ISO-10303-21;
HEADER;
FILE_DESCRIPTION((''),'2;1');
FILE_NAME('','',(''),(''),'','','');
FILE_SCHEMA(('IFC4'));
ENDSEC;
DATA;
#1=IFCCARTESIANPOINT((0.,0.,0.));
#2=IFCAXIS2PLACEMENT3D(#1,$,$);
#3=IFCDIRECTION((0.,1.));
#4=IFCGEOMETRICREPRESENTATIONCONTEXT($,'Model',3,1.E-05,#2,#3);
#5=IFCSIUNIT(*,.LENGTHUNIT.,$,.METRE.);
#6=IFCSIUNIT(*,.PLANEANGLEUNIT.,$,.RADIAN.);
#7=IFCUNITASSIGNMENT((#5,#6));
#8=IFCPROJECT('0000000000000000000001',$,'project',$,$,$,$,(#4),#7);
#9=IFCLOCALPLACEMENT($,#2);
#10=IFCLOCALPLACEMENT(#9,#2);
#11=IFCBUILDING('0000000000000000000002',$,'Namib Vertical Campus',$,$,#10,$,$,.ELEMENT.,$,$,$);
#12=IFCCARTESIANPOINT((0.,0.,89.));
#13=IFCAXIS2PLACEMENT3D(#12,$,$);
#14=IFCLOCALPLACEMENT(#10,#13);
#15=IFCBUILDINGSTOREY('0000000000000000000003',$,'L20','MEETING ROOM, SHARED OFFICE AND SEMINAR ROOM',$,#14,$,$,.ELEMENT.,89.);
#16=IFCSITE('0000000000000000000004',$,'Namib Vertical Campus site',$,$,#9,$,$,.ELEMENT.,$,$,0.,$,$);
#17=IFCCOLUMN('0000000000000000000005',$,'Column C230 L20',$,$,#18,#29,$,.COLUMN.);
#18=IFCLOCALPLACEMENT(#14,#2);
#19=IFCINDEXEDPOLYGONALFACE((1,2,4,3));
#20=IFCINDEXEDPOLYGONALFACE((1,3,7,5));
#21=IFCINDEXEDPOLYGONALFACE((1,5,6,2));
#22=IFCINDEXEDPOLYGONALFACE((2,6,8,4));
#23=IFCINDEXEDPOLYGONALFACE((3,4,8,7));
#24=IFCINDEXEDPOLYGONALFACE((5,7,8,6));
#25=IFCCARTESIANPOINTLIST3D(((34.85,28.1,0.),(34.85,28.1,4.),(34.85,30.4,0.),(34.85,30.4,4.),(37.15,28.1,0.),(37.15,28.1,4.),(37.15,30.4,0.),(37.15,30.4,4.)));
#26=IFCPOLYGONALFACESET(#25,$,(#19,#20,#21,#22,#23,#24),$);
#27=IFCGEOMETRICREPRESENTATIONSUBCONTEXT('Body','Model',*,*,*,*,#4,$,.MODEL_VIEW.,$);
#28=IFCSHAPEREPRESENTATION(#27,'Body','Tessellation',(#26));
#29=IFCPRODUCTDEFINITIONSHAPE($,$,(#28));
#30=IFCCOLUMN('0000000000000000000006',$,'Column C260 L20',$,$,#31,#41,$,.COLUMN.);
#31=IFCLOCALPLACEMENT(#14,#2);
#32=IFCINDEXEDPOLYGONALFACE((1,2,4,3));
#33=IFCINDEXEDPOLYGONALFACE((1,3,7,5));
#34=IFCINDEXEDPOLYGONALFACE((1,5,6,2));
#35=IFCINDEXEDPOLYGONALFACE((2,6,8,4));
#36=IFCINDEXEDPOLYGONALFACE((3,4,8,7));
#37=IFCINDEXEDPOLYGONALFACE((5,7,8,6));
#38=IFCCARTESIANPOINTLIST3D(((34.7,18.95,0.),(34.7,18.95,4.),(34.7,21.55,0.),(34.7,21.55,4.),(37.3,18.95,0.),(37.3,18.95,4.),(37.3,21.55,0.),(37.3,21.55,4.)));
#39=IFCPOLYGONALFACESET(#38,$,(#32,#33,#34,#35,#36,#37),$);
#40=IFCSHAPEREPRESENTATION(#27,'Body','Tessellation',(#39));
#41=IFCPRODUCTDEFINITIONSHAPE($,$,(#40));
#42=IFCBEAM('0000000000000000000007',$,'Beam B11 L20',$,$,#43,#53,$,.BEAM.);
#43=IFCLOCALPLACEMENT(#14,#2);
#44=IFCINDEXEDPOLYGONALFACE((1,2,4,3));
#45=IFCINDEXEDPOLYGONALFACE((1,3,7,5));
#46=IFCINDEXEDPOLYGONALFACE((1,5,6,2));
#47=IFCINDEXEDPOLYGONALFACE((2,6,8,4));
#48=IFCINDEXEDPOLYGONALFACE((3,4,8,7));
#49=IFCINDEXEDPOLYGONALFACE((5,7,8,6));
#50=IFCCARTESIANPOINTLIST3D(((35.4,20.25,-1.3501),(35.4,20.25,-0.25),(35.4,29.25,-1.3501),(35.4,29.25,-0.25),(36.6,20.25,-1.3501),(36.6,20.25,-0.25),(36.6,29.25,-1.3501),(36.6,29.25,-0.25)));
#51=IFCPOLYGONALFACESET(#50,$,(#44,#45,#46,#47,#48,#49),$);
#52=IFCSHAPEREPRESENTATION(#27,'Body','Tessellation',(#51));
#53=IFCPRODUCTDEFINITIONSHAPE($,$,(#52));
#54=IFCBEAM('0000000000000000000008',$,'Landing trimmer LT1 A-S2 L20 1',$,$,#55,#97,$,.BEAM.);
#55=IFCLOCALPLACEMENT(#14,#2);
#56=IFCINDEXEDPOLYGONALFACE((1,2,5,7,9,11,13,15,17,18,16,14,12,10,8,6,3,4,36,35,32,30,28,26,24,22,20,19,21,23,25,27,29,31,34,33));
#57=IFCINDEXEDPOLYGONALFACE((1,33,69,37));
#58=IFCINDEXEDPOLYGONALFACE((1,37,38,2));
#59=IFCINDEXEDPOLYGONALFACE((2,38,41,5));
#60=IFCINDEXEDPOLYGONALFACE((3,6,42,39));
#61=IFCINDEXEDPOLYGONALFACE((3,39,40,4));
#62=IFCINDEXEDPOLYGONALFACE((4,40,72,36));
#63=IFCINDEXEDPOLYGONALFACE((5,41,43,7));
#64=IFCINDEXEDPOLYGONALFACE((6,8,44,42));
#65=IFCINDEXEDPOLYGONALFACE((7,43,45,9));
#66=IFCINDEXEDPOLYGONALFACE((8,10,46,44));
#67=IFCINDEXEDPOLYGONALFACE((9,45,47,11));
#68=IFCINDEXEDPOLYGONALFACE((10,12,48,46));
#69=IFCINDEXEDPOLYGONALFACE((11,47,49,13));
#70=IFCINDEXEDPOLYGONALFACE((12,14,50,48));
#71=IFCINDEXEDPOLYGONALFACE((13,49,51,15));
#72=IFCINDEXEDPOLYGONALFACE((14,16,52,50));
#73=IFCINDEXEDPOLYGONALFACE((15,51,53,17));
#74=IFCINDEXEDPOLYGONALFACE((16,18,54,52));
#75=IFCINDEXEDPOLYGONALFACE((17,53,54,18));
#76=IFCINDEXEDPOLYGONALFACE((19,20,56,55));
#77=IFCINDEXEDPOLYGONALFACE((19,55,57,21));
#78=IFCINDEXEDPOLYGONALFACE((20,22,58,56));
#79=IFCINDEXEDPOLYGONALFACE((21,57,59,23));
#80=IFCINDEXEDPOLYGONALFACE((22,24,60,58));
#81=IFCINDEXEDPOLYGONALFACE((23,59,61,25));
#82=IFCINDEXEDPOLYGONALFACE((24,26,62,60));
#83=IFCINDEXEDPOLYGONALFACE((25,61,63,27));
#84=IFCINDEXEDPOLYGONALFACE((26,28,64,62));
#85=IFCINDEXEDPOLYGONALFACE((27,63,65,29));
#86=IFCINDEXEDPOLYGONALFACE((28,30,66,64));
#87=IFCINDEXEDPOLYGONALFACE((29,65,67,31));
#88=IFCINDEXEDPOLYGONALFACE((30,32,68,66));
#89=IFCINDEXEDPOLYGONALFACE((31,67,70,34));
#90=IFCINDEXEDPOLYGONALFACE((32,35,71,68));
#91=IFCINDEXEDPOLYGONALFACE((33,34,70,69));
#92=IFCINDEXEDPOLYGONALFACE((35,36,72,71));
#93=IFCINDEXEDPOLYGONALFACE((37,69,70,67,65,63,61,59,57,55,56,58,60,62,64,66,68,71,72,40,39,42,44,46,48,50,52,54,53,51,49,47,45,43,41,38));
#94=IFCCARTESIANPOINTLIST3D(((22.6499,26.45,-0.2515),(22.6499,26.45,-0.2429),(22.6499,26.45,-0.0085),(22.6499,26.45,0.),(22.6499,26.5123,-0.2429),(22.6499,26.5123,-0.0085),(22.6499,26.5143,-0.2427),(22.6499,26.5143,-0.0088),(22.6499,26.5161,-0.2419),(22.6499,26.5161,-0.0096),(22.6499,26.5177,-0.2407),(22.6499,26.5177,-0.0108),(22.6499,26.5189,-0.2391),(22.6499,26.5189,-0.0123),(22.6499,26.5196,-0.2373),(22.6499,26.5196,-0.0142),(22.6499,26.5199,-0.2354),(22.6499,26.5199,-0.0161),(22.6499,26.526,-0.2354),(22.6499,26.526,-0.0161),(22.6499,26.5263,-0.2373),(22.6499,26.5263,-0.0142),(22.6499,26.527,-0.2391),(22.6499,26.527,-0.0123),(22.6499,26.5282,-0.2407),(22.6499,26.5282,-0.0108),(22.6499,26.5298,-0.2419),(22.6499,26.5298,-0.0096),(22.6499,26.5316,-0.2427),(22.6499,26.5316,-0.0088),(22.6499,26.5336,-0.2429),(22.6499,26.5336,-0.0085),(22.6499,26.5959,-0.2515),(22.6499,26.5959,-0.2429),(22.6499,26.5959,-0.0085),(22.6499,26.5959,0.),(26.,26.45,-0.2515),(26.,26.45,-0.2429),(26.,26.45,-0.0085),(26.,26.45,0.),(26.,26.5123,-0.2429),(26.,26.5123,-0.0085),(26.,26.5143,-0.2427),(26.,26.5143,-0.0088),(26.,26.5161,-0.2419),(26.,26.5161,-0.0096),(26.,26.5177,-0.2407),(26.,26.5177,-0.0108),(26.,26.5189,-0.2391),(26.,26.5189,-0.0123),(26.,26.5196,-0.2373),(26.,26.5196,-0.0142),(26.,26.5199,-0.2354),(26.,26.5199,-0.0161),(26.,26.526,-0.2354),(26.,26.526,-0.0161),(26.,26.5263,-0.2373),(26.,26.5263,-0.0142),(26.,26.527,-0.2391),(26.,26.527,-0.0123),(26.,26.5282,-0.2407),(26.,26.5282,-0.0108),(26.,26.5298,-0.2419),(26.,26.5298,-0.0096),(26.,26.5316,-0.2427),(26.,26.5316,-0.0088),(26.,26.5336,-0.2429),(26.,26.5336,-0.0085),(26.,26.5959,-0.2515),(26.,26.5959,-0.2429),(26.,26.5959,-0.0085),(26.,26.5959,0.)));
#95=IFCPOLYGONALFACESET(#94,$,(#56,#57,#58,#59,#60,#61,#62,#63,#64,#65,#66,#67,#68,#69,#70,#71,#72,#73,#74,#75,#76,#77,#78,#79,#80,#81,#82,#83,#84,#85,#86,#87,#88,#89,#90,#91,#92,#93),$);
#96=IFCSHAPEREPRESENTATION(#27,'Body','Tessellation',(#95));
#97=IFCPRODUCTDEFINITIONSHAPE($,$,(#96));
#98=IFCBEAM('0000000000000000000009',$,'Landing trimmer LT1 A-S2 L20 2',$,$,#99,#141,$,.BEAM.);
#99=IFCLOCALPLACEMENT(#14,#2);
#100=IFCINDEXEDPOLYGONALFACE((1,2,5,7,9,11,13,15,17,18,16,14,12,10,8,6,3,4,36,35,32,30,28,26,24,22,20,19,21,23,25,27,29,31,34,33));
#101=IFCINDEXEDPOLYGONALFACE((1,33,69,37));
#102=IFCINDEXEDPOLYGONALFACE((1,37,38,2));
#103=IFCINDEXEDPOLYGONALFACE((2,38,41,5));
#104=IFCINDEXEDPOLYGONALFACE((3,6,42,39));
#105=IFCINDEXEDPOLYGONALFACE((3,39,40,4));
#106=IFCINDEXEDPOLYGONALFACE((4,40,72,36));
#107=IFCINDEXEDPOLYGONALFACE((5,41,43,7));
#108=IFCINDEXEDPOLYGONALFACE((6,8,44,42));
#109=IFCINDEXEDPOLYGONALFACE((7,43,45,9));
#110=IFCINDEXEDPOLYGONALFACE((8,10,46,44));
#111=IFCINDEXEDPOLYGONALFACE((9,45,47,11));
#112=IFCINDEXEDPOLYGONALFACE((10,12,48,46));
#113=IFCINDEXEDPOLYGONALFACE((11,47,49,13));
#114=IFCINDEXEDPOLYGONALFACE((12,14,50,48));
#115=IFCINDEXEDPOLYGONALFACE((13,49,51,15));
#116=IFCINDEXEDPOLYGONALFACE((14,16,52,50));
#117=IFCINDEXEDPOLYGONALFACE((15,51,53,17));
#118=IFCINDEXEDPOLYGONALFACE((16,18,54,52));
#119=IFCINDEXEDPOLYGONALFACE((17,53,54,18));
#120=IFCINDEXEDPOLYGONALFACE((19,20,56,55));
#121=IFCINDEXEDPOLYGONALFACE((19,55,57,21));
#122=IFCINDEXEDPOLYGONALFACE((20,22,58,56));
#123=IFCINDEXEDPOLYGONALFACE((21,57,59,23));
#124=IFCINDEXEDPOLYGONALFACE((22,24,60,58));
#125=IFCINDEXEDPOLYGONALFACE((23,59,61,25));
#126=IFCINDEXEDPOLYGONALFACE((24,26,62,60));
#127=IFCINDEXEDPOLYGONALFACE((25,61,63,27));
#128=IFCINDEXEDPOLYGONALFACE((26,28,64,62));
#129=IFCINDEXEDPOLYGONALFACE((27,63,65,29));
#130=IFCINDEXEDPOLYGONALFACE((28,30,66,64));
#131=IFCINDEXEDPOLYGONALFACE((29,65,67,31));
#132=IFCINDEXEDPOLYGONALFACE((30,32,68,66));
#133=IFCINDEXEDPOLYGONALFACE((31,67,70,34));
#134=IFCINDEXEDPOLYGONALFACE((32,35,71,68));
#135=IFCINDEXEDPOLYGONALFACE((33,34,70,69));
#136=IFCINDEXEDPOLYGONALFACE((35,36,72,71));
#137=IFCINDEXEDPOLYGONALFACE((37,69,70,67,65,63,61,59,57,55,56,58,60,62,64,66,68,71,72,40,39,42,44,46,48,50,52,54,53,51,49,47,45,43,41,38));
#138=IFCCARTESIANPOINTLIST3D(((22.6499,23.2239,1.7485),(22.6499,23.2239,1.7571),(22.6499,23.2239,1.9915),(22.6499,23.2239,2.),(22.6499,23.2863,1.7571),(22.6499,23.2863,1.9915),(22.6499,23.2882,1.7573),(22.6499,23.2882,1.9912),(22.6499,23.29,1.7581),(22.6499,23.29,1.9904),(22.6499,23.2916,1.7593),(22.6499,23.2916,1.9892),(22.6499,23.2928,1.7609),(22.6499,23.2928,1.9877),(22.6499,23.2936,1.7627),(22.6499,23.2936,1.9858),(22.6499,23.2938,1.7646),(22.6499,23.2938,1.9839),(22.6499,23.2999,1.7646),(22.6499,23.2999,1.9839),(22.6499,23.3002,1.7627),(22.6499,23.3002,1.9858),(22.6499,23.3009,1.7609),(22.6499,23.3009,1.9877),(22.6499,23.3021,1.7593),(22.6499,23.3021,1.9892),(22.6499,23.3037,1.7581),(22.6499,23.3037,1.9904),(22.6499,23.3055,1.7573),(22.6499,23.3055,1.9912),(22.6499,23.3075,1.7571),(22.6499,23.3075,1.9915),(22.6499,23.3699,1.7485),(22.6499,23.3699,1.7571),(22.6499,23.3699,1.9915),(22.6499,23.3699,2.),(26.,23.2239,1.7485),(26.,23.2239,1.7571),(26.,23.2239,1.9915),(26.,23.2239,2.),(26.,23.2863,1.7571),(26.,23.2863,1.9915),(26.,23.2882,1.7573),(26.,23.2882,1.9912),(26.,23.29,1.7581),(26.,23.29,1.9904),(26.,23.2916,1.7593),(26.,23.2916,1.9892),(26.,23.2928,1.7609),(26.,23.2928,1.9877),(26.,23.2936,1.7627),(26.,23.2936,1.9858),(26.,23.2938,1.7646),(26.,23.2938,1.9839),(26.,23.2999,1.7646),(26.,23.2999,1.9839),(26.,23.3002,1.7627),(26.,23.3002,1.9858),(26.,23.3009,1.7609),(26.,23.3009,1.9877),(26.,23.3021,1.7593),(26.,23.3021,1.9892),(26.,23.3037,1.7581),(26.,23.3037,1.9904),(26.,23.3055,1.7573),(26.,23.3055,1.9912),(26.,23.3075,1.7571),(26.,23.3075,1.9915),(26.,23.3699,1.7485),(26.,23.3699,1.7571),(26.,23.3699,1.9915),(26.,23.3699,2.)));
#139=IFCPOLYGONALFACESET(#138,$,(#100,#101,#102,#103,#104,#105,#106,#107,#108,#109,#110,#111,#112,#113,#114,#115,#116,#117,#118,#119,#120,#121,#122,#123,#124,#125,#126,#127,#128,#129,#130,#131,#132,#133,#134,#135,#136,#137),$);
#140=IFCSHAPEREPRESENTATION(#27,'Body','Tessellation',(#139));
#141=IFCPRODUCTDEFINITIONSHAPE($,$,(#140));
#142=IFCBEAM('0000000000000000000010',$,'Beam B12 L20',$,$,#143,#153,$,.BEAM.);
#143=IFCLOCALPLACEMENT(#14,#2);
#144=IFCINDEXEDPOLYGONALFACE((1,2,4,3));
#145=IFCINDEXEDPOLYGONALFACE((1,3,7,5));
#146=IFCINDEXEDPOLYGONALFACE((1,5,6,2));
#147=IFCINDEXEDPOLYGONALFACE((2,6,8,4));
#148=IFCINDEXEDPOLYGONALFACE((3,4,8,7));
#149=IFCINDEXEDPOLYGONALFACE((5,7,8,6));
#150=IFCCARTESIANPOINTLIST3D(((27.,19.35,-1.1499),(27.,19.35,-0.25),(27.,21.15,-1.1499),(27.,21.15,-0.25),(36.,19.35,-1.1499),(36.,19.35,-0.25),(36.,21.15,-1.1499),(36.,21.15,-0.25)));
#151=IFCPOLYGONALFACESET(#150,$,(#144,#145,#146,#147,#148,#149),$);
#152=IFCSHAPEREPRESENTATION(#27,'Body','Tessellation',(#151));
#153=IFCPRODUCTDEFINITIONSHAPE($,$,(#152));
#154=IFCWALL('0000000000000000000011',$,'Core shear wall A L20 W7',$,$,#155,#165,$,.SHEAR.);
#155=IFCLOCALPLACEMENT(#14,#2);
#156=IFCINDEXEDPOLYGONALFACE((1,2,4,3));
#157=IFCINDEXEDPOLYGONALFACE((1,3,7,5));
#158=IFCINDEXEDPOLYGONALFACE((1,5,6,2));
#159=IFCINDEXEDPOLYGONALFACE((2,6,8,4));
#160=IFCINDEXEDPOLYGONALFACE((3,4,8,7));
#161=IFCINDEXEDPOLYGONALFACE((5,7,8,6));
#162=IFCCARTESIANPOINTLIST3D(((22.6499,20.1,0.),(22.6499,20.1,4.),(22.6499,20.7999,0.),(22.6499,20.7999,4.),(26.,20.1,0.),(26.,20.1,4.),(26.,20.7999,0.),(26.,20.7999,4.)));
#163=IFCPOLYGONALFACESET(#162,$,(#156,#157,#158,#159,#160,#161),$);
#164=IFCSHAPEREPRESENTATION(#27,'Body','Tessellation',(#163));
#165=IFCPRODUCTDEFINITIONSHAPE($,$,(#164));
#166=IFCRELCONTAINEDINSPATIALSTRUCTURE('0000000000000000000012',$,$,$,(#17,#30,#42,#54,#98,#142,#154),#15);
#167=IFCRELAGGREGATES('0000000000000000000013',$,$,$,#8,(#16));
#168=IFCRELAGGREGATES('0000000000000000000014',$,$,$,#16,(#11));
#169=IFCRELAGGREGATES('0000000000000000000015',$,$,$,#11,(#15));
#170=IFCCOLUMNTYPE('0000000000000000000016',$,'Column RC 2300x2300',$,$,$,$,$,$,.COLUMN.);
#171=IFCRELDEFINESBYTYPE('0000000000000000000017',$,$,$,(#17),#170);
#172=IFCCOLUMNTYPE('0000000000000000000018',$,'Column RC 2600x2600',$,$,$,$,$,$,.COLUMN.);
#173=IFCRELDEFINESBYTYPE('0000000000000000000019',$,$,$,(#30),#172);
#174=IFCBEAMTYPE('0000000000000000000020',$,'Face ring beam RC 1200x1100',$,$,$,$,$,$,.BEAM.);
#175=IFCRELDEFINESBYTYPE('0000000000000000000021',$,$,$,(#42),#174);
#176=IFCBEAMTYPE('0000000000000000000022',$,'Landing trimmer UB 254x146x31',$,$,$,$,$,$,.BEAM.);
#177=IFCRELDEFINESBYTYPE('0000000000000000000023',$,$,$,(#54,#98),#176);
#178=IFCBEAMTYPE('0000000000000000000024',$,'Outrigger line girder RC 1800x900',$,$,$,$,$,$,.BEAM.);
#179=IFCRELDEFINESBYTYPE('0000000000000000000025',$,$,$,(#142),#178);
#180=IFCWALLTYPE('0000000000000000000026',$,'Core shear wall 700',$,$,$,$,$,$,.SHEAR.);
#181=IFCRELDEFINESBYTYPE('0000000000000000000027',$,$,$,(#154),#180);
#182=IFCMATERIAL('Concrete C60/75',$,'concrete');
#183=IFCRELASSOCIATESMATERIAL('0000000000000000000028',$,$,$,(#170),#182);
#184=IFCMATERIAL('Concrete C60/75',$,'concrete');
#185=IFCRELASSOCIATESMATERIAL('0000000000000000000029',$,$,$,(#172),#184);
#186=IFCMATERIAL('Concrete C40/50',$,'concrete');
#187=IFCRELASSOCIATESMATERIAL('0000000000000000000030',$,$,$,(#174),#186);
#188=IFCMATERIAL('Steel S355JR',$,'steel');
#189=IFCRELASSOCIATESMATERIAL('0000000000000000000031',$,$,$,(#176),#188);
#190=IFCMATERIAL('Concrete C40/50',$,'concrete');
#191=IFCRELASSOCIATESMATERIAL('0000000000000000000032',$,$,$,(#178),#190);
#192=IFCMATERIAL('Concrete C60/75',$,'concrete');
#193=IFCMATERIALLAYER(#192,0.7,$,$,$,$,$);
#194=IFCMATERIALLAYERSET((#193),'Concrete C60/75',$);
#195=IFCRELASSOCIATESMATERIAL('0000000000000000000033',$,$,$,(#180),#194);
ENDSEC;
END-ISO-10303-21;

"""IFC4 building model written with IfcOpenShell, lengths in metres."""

from ifc_helpers import new_model, si_unit, direction, frame, frame_2d, origin, origin_2d, place, context, subcontext, project, spatial, rectangle, i_section, extrude, material, layer, layer_set, material_profile, profile_set, type_object, element, save


model = new_model("IFC4")

# Units and contexts
model_context = context("Model", 3, precision=1e-05, world=origin(), true_north=direction((0.0, 1.0)))
body_context = subcontext(model_context, "Body", "Model", "MODEL_VIEW")
ifc_project = project(units=[si_unit("LENGTHUNIT", "METRE"), si_unit("PLANEANGLEUNIT", "RADIAN")], contexts=[model_context])

# Site, building, storey
site_placement = place(None, origin())
site = spatial("IfcSite", under=ifc_project, at=site_placement, Name="Namib Vertical Campus site", CompositionType="ELEMENT", RefElevation=0.0)
building_placement = place(site_placement, origin())
building = spatial("IfcBuilding", under=site, at=building_placement, Name="Namib Vertical Campus", CompositionType="ELEMENT")
storey_placement = place(building_placement, frame((0.0, 0.0, 89.0)))
storey = spatial("IfcBuildingStorey", under=building, at=storey_placement, Name="L20", Description="MEETING ROOM, SHARED OFFICE AND SEMINAR ROOM", CompositionType="ELEMENT", Elevation=89.0)

# Columns
ifc_material_1 = material(Name="Concrete C60/75", Category="concrete")
ifc_material_profile_1 = material_profile(ifc_material_1, rectangle(XDim=2.3, YDim=2.3, at=origin_2d()))
ifc_profile_set_1 = profile_set([ifc_material_profile_1], Name="Concrete C60/75")
column_type_1 = type_object("IfcColumnType", Name="Column RC 2300x2300", PredefinedType="COLUMN", material=ifc_profile_set_1)
column_1_placement = place(storey_placement, frame((36.0, 29.25, 0.0), z_axis=(0.0, 0.0, 1.0), x_axis=(1.0, 0.0, 0.0)))
element("IfcColumn", 1, at=column_1_placement, inside=storey, type_object=column_type_1, Name="Column C230 L20", PredefinedType="COLUMN", context=body_context, shape_type="SweptSolid", body=[
    extrude(rectangle(XDim=2.3, YDim=2.3, at=origin_2d()), origin(), (0.0, 0.0, 1.0), 4.0),
])
ifc_material_2 = material(Name="Concrete C60/75", Category="concrete")
ifc_material_profile_2 = material_profile(ifc_material_2, rectangle(XDim=2.6001, YDim=2.6001, at=origin_2d()))
ifc_profile_set_2 = profile_set([ifc_material_profile_2], Name="Concrete C60/75")
column_type_2 = type_object("IfcColumnType", Name="Column RC 2600x2600", PredefinedType="COLUMN", material=ifc_profile_set_2)
column_2_placement = place(storey_placement, frame((36.0, 20.25, 0.0), z_axis=(0.0, 0.0, 1.0), x_axis=(1.0, 0.0, 0.0)))
element("IfcColumn", 2, at=column_2_placement, inside=storey, type_object=column_type_2, Name="Column C260 L20", PredefinedType="COLUMN", context=body_context, shape_type="SweptSolid", body=[
    extrude(rectangle(XDim=2.6001, YDim=2.6001, at=origin_2d()), origin(), (0.0, 0.0, 1.0), 4.0),
])

# Beams
ifc_material_3 = material(Name="Concrete C40/50", Category="concrete")
ifc_material_profile_3 = material_profile(ifc_material_3, rectangle(XDim=1.2, YDim=1.1001, at=origin_2d()))
ifc_profile_set_3 = profile_set([ifc_material_profile_3], Name="Concrete C40/50")
beam_type_1 = type_object("IfcBeamType", Name="Face ring beam RC 1200x1100", PredefinedType="BEAM", material=ifc_profile_set_3)
beam_1_placement = place(storey_placement, frame((36.0, 20.25, -0.8), z_axis=(0.0, 1.0, 0.0), x_axis=(-1.0, 0.0, 0.0)))
element("IfcBeam", 3, at=beam_1_placement, inside=storey, type_object=beam_type_1, Name="Beam B11 L20", PredefinedType="BEAM", context=body_context, shape_type="SweptSolid", body=[
    extrude(rectangle(XDim=1.2, YDim=1.1001, at=origin_2d()), origin(), (0.0, 0.0, 1.0), 9.0),
])
ifc_material_4 = material(Name="Steel S355JR", Category="steel")
ifc_material_profile_4 = material_profile(ifc_material_4, i_section(OverallWidth=0.146, OverallDepth=0.2515, WebThickness=0.0061, FlangeThickness=0.0085, FilletRadius=0.0076, at=origin_2d()))
ifc_profile_set_4 = profile_set([ifc_material_profile_4], Name="Steel S355JR")
beam_type_2 = type_object("IfcBeamType", Name="Landing trimmer UB 254x146x31", PredefinedType="BEAM", material=ifc_profile_set_4)
for number, where, z_axis, x_axis, name in (
    (4, (22.6499, 26.5229, -0.1257), (1.0, 0.0, 0.0), (0.0, 1.0, 0.0), "Landing trimmer LT1 A-S2 L20 1"),
    (5, (22.6499, 23.2969, 1.8743), (1.0, 0.0, 0.0), (0.0, 1.0, 0.0), "Landing trimmer LT1 A-S2 L20 2"),
):
    element("IfcBeam", number, at=place(storey_placement, frame(where, z_axis=z_axis, x_axis=x_axis)), inside=storey, type_object=beam_type_2, Name=name, PredefinedType="BEAM", context=body_context, shape_type="SweptSolid", body=[
        extrude(i_section(OverallWidth=0.146, OverallDepth=0.2515, WebThickness=0.0061, FlangeThickness=0.0085, FilletRadius=0.0076, at=origin_2d()), origin(), (0.0, 0.0, 1.0), 3.3501),
    ])
ifc_material_5 = material(Name="Concrete C40/50", Category="concrete")
ifc_material_profile_5 = material_profile(ifc_material_5, rectangle(XDim=1.8, YDim=0.8999, at=origin_2d()))
ifc_profile_set_5 = profile_set([ifc_material_profile_5], Name="Concrete C40/50")
beam_type_3 = type_object("IfcBeamType", Name="Outrigger line girder RC 1800x900", PredefinedType="BEAM", material=ifc_profile_set_5)
beam_2_placement = place(storey_placement, frame((36.0, 20.25, -0.7), z_axis=(-1.0, 0.0, 0.0), x_axis=(0.0, -1.0, 0.0)))
element("IfcBeam", 6, at=beam_2_placement, inside=storey, type_object=beam_type_3, Name="Beam B12 L20", PredefinedType="BEAM", context=body_context, shape_type="SweptSolid", body=[
    extrude(rectangle(XDim=1.8, YDim=0.8999, at=origin_2d()), origin(), (0.0, 0.0, 1.0), 9.0),
])

# Wall
ifc_material_6 = material(Name="Concrete C60/75", Category="concrete")
ifc_layer_1 = layer(ifc_material_6, 0.7)
ifc_layer_set_1 = layer_set([ifc_layer_1], Name="Concrete C60/75")
wall_type_1 = type_object("IfcWallType", Name="Core shear wall 700", PredefinedType="SHEAR", material=ifc_layer_set_1)
wall_1_placement = place(storey_placement, frame((22.6499, 20.45, 0.0), z_axis=(0.0, 0.0, 1.0), x_axis=(1.0, 0.0, 0.0)))
element("IfcWall", 7, at=wall_1_placement, inside=storey, type_object=wall_type_1, Name="Core shear wall A L20 W7", PredefinedType="SHEAR", context=body_context, shape_type="SweptSolid", body=[
    extrude(rectangle(XDim=3.3501, YDim=0.7, at=frame_2d((1.675, 0.0))), origin(), (0.0, 0.0, 1.0), 4.0),
])

save(model, "model.ifc")
